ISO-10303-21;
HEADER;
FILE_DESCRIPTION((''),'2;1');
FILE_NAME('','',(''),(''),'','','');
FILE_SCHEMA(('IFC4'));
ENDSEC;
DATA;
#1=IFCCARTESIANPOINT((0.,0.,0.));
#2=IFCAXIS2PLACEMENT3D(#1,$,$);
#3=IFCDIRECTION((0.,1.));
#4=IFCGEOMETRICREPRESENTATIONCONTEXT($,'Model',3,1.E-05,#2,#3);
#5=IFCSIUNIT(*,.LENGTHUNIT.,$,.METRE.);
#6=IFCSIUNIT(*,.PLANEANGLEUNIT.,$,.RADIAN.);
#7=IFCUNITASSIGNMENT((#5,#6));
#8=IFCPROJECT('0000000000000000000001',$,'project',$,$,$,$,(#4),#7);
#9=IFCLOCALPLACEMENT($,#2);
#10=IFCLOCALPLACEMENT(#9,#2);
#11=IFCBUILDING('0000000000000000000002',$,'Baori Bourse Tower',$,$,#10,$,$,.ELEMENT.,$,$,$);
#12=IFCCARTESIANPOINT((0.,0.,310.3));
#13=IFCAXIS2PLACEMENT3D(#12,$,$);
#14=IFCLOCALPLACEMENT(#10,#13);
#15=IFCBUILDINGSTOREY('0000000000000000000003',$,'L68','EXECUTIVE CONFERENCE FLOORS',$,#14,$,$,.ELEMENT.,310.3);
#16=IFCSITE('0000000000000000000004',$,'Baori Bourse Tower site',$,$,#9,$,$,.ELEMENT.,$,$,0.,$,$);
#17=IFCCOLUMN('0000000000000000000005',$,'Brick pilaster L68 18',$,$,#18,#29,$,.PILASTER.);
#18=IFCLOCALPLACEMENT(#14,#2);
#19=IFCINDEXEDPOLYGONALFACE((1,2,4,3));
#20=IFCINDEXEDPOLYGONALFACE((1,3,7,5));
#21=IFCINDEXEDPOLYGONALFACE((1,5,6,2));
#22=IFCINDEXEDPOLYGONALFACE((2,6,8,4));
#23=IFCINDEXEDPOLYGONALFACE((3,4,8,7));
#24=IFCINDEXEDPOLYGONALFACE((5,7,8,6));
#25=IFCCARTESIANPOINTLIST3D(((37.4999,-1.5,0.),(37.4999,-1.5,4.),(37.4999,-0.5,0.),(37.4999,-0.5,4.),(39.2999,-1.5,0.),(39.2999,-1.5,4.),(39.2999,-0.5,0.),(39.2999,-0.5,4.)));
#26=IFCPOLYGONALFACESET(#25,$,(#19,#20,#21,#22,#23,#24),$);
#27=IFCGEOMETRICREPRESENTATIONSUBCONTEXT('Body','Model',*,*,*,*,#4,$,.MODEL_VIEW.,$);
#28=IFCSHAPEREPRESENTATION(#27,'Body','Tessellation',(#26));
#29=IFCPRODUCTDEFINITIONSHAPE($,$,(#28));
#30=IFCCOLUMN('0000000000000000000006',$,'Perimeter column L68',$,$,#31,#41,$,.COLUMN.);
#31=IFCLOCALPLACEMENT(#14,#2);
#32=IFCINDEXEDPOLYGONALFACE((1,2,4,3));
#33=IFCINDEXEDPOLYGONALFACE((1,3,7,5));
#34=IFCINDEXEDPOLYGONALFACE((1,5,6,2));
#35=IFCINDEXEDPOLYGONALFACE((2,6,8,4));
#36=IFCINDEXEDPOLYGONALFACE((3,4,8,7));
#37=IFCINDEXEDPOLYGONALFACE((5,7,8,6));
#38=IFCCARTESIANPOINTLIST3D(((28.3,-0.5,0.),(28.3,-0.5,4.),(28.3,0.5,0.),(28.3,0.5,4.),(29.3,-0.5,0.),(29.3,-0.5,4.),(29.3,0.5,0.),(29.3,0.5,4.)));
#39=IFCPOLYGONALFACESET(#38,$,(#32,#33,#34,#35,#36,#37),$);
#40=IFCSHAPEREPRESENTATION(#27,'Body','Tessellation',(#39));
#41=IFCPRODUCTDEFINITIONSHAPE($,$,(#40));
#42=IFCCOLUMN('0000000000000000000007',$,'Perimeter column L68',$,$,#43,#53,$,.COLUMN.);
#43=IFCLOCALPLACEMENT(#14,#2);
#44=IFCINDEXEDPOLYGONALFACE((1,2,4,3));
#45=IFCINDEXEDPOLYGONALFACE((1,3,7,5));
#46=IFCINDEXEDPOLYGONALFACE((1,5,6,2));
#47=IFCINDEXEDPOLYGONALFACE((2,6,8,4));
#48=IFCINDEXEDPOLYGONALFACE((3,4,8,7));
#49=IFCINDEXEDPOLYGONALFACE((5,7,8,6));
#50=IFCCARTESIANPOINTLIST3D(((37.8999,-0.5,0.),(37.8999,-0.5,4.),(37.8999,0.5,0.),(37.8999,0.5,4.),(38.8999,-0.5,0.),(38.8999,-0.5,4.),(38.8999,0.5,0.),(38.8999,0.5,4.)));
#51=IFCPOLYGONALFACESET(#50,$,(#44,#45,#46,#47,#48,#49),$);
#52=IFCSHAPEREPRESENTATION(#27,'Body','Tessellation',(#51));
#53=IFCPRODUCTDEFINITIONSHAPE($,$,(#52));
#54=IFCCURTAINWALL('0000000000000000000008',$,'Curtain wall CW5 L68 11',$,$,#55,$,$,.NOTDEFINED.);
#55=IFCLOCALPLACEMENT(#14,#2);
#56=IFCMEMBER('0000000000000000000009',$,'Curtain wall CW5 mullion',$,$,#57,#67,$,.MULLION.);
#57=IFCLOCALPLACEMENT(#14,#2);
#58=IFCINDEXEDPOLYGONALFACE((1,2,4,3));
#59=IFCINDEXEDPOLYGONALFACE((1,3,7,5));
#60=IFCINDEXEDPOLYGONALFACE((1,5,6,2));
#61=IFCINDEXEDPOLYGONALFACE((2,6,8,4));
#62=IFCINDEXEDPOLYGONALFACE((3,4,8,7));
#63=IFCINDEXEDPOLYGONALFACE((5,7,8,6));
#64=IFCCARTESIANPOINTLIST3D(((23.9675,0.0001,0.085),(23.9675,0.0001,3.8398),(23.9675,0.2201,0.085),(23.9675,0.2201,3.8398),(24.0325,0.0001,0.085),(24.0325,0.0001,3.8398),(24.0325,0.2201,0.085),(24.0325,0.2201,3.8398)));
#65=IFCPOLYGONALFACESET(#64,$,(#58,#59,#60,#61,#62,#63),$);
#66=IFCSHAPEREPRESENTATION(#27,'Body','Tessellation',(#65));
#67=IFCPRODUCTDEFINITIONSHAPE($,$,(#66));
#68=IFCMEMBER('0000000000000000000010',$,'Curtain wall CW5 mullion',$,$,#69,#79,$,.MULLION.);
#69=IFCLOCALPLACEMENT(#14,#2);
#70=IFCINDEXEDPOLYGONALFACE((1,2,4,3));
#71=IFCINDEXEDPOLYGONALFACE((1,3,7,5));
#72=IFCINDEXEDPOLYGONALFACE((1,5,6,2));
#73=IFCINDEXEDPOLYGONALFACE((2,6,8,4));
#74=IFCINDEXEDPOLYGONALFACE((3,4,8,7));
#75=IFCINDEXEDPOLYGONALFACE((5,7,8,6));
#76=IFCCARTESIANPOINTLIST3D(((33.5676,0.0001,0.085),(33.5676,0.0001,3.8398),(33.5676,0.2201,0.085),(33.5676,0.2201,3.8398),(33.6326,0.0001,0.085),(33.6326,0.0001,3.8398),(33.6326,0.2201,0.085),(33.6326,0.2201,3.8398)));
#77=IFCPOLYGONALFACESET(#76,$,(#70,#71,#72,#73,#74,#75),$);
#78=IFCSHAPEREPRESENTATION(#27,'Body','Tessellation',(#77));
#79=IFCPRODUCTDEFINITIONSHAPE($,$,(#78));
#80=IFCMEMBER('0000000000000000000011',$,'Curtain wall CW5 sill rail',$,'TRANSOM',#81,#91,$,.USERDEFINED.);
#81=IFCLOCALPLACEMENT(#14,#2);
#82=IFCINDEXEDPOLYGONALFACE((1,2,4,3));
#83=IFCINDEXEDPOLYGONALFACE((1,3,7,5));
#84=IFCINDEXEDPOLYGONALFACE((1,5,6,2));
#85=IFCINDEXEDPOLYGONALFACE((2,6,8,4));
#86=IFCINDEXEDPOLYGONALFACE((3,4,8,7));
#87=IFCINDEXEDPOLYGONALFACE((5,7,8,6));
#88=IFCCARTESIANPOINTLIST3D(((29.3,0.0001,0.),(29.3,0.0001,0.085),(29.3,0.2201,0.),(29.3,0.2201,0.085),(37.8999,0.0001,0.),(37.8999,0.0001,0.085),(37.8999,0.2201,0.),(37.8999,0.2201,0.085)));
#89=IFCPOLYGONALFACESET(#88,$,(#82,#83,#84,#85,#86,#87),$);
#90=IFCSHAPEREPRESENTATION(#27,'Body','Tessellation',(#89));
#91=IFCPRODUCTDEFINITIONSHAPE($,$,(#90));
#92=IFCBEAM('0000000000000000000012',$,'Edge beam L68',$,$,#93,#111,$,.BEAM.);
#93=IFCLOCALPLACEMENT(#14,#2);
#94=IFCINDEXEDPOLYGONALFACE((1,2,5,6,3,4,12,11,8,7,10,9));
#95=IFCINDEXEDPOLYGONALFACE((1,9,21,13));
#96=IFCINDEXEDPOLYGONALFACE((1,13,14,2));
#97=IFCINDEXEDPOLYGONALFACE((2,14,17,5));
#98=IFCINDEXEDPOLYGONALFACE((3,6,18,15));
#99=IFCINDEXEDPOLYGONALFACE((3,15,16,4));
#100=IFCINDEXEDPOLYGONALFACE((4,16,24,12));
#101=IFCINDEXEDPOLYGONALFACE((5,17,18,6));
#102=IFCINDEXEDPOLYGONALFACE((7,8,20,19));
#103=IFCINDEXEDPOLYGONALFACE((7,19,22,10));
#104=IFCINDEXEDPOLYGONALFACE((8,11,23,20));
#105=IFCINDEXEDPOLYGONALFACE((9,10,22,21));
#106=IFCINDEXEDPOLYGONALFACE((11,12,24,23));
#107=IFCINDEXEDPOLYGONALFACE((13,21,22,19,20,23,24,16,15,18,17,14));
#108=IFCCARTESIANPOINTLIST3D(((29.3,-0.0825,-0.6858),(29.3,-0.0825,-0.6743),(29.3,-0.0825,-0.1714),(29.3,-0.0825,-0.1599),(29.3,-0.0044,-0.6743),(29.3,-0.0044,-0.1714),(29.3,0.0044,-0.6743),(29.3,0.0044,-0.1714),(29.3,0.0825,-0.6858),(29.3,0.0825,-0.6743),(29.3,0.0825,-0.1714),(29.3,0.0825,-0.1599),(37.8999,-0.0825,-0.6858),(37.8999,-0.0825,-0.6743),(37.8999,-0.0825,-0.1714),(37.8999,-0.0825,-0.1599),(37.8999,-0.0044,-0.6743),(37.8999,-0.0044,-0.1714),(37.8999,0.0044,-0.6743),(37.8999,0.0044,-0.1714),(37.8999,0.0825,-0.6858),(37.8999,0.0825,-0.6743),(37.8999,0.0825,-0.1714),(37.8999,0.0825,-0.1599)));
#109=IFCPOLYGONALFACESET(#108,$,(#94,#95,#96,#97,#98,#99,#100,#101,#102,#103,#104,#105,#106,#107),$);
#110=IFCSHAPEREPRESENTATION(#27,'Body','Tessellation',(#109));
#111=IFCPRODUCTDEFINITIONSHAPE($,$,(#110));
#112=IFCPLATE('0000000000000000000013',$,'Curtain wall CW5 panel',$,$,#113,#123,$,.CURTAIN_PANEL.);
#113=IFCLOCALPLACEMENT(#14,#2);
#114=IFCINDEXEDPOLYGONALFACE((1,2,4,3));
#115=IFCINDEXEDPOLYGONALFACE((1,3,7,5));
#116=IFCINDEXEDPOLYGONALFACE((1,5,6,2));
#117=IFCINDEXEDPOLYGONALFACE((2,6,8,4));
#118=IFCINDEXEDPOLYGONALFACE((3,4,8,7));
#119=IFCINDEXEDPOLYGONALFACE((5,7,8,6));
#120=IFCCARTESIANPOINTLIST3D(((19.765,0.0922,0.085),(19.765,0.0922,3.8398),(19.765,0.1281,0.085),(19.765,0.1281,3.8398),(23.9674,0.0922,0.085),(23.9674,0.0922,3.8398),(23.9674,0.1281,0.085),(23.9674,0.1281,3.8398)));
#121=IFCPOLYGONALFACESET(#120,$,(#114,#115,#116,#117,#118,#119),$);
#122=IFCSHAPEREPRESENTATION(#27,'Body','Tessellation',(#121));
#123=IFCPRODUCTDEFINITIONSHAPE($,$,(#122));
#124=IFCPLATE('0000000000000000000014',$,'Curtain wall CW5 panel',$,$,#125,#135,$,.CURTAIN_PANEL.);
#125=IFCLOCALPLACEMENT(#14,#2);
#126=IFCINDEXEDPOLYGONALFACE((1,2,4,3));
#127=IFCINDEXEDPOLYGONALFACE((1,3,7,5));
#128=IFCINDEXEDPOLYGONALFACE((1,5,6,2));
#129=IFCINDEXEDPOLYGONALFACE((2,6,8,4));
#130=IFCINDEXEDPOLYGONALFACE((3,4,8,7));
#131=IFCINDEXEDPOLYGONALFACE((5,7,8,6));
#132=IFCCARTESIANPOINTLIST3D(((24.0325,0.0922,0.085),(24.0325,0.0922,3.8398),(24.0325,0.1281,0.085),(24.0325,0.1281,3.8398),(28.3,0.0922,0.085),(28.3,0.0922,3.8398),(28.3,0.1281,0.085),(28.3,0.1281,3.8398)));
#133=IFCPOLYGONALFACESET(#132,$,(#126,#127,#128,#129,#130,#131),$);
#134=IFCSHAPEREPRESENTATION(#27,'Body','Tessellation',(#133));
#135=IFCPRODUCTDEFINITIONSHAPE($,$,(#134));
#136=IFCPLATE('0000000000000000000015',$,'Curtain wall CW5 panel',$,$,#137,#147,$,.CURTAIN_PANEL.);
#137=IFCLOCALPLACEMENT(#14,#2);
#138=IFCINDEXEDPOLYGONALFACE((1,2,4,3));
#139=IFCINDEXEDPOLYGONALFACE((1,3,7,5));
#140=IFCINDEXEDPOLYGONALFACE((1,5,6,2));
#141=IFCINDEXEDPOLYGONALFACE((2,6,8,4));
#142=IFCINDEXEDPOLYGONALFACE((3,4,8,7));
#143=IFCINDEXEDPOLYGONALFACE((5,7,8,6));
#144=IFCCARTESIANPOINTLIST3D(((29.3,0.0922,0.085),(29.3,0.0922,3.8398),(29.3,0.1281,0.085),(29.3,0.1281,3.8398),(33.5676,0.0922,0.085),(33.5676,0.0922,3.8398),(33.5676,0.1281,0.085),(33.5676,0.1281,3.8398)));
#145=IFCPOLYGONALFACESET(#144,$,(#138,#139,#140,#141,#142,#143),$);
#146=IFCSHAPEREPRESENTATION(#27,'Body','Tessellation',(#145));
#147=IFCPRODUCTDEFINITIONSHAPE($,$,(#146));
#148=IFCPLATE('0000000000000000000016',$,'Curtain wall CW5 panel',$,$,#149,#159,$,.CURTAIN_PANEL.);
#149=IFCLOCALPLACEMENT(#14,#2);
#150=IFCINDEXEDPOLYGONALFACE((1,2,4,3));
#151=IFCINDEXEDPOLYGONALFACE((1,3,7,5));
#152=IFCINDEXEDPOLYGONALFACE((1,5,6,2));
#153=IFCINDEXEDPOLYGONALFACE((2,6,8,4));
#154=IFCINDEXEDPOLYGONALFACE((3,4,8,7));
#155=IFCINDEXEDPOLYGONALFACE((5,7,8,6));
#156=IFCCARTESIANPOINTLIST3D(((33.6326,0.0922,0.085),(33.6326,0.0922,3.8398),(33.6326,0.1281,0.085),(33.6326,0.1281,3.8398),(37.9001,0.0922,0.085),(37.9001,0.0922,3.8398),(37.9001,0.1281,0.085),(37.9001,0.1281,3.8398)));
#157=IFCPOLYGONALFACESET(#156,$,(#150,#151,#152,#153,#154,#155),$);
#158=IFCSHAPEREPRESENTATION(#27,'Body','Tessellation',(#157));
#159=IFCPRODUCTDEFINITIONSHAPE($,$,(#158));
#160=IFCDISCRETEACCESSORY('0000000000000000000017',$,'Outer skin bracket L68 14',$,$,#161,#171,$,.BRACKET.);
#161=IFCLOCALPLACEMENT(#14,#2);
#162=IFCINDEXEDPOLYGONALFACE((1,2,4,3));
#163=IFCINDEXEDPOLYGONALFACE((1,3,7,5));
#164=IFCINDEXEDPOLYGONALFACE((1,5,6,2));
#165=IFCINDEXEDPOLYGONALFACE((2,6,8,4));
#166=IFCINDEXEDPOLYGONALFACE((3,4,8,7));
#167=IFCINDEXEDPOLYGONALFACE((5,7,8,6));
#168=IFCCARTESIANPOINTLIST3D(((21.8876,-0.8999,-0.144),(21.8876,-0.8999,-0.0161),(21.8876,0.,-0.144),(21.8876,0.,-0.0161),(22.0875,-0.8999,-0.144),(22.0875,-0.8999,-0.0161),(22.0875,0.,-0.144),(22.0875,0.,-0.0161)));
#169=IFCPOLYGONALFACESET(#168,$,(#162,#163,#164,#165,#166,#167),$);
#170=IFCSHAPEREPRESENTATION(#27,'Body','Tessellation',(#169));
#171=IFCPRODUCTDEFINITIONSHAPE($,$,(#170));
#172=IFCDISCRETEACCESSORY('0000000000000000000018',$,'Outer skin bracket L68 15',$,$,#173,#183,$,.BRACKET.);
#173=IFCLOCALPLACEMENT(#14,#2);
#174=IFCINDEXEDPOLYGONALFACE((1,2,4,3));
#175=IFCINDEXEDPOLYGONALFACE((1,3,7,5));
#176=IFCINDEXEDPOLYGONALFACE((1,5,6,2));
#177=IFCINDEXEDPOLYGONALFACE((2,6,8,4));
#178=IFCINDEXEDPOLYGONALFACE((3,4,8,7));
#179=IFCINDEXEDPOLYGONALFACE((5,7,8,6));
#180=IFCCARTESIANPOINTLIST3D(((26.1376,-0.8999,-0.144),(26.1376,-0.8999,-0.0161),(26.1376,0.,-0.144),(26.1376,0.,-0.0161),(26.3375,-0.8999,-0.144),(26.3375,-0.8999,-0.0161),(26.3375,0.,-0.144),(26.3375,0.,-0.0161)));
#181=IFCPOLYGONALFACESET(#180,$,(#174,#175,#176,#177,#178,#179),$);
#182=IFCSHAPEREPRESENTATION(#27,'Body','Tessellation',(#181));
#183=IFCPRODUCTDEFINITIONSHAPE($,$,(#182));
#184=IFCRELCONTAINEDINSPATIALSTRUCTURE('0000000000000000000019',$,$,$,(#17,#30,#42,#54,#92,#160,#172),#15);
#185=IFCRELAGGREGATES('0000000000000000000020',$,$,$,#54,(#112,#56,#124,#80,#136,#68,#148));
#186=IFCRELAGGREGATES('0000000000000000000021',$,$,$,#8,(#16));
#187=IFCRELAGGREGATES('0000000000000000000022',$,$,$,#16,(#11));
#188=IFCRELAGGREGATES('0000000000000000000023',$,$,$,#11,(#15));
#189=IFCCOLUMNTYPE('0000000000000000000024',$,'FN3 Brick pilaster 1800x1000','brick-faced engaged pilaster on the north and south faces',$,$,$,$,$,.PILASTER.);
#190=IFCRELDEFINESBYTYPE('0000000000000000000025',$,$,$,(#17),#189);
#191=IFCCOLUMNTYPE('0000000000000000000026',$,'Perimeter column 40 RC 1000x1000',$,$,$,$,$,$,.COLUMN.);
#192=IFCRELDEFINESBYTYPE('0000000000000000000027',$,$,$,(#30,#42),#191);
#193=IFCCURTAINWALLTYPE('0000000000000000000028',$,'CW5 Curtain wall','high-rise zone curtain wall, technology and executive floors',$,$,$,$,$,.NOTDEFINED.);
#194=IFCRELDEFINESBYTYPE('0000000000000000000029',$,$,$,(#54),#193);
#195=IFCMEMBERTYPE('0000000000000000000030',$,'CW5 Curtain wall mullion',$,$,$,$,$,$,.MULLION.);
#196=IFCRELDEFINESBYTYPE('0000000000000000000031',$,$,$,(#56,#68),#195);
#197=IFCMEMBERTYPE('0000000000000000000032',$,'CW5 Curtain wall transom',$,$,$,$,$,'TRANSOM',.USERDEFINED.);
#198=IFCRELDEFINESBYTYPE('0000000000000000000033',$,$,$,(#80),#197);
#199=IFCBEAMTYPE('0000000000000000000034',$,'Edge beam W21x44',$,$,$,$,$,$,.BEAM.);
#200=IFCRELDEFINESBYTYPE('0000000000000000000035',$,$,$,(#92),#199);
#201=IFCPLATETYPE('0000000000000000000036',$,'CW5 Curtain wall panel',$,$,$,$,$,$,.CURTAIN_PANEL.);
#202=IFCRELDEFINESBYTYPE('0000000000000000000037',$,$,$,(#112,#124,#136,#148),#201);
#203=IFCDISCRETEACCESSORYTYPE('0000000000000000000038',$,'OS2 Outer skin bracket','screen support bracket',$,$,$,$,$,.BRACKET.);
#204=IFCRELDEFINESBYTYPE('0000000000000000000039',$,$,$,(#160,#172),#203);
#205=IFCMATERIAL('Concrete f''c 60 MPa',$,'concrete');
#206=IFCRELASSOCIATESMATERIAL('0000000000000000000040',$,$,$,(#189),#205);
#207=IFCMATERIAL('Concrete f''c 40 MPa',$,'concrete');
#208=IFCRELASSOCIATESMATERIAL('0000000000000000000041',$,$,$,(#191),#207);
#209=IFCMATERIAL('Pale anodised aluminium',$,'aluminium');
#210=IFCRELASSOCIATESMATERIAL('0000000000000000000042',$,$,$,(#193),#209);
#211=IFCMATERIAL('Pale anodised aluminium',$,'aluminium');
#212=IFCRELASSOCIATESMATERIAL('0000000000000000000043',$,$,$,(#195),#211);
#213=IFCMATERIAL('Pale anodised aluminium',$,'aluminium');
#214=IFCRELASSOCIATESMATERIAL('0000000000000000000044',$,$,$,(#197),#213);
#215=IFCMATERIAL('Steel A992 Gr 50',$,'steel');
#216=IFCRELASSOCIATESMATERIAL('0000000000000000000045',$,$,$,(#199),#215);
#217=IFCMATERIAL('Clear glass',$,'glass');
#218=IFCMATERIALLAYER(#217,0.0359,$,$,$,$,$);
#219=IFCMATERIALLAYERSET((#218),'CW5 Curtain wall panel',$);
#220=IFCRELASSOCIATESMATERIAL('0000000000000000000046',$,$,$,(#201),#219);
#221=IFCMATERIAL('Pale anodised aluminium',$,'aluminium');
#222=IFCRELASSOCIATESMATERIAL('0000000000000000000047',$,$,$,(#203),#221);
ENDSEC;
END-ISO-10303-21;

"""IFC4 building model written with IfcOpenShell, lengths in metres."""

from ifc_helpers import new_model, si_unit, direction, frame, origin, origin_2d, place, context, subcontext, project, spatial, rectangle, i_section, extrude, material, layer, layer_set, material_profile, profile_set, type_object, element, aggregate, save


model = new_model("IFC4")

# Units and contexts
model_context = context("Model", 3, precision=1e-05, world=origin(), true_north=direction((0.0, 1.0)))
body_context = subcontext(model_context, "Body", "Model", "MODEL_VIEW")
ifc_project = project(units=[si_unit("LENGTHUNIT", "METRE"), si_unit("PLANEANGLEUNIT", "RADIAN")], contexts=[model_context])

# Site, building, storey
site_placement = place(None, origin())
site = spatial("IfcSite", under=ifc_project, at=site_placement, Name="Baori Bourse Tower site", CompositionType="ELEMENT", RefElevation=0.0)
building_placement = place(site_placement, origin())
building = spatial("IfcBuilding", under=site, at=building_placement, Name="Baori Bourse Tower", CompositionType="ELEMENT")
storey_placement = place(building_placement, frame((0.0, 0.0, 310.3)))
storey = spatial("IfcBuildingStorey", under=building, at=storey_placement, Name="L68", Description="EXECUTIVE CONFERENCE FLOORS", CompositionType="ELEMENT", Elevation=310.3)

# Columns
ifc_material_1 = material(Name="Concrete f'c 60 MPa", Category="concrete")
ifc_material_profile_1 = material_profile(ifc_material_1, rectangle(XDim=1.8, YDim=1.0, at=origin_2d()), Name="RC 1800x1000")
ifc_profile_set_1 = profile_set([ifc_material_profile_1], Name="Concrete f'c 60 MPa")
column_type_1 = type_object("IfcColumnType", Name="FN3 Brick pilaster 1800x1000", Description="brick-faced engaged pilaster on the north and south faces", PredefinedType="PILASTER", material=ifc_profile_set_1)
column_placement = place(storey_placement, frame((38.3999, -1.0, 0.0), z_axis=(0.0, 0.0, 1.0), x_axis=(1.0, 0.0, 0.0)))
element("IfcColumn", 1, at=column_placement, inside=storey, type_object=column_type_1, Name="Brick pilaster L68 18", PredefinedType="PILASTER", context=body_context, shape_type="SweptSolid", body=[
    extrude(rectangle(XDim=1.8, YDim=1.0, at=origin_2d()), origin(), (0.0, 0.0, 1.0), 4.0),
])
ifc_material_2 = material(Name="Concrete f'c 40 MPa", Category="concrete")
ifc_material_profile_2 = material_profile(ifc_material_2, rectangle(XDim=1.0, YDim=1.0, at=origin_2d()), Name="RC 1000x1000")
ifc_profile_set_2 = profile_set([ifc_material_profile_2], Name="Concrete f'c 40 MPa")
column_type_2 = type_object("IfcColumnType", Name="Perimeter column 40 RC 1000x1000", PredefinedType="COLUMN", material=ifc_profile_set_2)
for number, where, z_axis, x_axis, name in (
    (2, (28.8, 0.0, 0.0), (0.0, 0.0, 1.0), (1.0, 0.0, 0.0), "Perimeter column L68"),
    (3, (38.3999, 0.0, 0.0), (0.0, 0.0, 1.0), (1.0, 0.0, 0.0), "Perimeter column L68"),
):
    element("IfcColumn", number, at=place(storey_placement, frame(where, z_axis=z_axis, x_axis=x_axis)), inside=storey, type_object=column_type_2, Name=name, PredefinedType="COLUMN", context=body_context, shape_type="SweptSolid", body=[
        extrude(rectangle(XDim=1.0, YDim=1.0, at=origin_2d()), origin(), (0.0, 0.0, 1.0), 4.0),
    ])

# Curtain wall, members
ifc_material_3 = material(Name="Pale anodised aluminium", Category="aluminium")
curtain_wall_type = type_object("IfcCurtainWallType", Name="CW5 Curtain wall", Description="high-rise zone curtain wall, technology and executive floors", PredefinedType="NOTDEFINED", material=ifc_material_3)
curtain_wall_placement = place(storey_placement, origin())
curtain_wall = element("IfcCurtainWall", 4, at=curtain_wall_placement, inside=storey, type_object=curtain_wall_type, Name="Curtain wall CW5 L68 11", PredefinedType="NOTDEFINED")
ifc_material_4 = material(Name="Pale anodised aluminium", Category="aluminium")
ifc_material_profile_3 = material_profile(ifc_material_4, rectangle(XDim=0.22, YDim=0.0649, at=origin_2d()), Name="Mullion 65x220")
ifc_profile_set_3 = profile_set([ifc_material_profile_3], Name="Pale anodised aluminium")
member_type_1 = type_object("IfcMemberType", Name="CW5 Curtain wall mullion", PredefinedType="MULLION", material=ifc_profile_set_3)
member_1_placement = place(storey_placement, frame((24.0, 0.1101, 0.085), z_axis=(0.0, 0.0, 1.0), x_axis=(0.0, 1.0, 0.0)))
member_1 = element("IfcMember", 5, at=member_1_placement, type_object=member_type_1, Name="Curtain wall CW5 mullion", PredefinedType="MULLION", context=body_context, shape_type="SweptSolid", body=[
    extrude(rectangle(XDim=0.22, YDim=0.0649, at=origin_2d()), origin(), (0.0, 0.0, 1.0), 3.7549),
])
member_2_placement = place(storey_placement, frame((33.6001, 0.1101, 0.085), z_axis=(0.0, 0.0, 1.0), x_axis=(0.0, 1.0, 0.0)))
member_2 = element("IfcMember", 6, at=member_2_placement, type_object=member_type_1, Name="Curtain wall CW5 mullion", PredefinedType="MULLION", context=body_context, shape_type="SweptSolid", body=[
    extrude(rectangle(XDim=0.22, YDim=0.0649, at=origin_2d()), origin(), (0.0, 0.0, 1.0), 3.7549),
])
ifc_material_5 = material(Name="Pale anodised aluminium", Category="aluminium")
ifc_material_profile_4 = material_profile(ifc_material_5, rectangle(XDim=0.22, YDim=0.085, at=origin_2d()), Name="Transom 85x220")
ifc_profile_set_4 = profile_set([ifc_material_profile_4], Name="Pale anodised aluminium")
member_type_2 = type_object("IfcMemberType", Name="CW5 Curtain wall transom", ElementType="TRANSOM", PredefinedType="USERDEFINED", material=ifc_profile_set_4)
member_3_placement = place(storey_placement, frame((29.3, 0.1101, 0.0425), z_axis=(1.0, 0.0, 0.0), x_axis=(0.0, 1.0, 0.0)))
member_3 = element("IfcMember", 7, at=member_3_placement, type_object=member_type_2, Name="Curtain wall CW5 sill rail", ObjectType="TRANSOM", PredefinedType="USERDEFINED", context=body_context, shape_type="SweptSolid", body=[
    extrude(rectangle(XDim=0.22, YDim=0.085, at=origin_2d()), origin(), (0.0, 0.0, 1.0), 8.5999),
])

# Beam
ifc_material_6 = material(Name="Steel A992 Gr 50", Category="steel")
ifc_material_profile_5 = material_profile(ifc_material_6, i_section(OverallWidth=0.165, OverallDepth=0.5259, WebThickness=0.0088, FlangeThickness=0.0115, at=origin_2d()), Name="W21x44")
ifc_profile_set_5 = profile_set([ifc_material_profile_5], Name="Steel A992 Gr 50")
beam_type = type_object("IfcBeamType", Name="Edge beam W21x44", PredefinedType="BEAM", material=ifc_profile_set_5)
beam_placement = place(storey_placement, frame((29.3, 0.0, -0.4229), z_axis=(1.0, 0.0, 0.0), x_axis=(0.0, 1.0, 0.0)))
element("IfcBeam", 8, at=beam_placement, inside=storey, type_object=beam_type, Name="Edge beam L68", PredefinedType="BEAM", context=body_context, shape_type="SweptSolid", body=[
    extrude(i_section(OverallWidth=0.165, OverallDepth=0.5259, WebThickness=0.0088, FlangeThickness=0.0115, at=origin_2d()), origin(), (0.0, 0.0, 1.0), 8.5999),
])

# Plates
ifc_material_7 = material(Name="Clear glass", Category="glass")
ifc_layer = layer(ifc_material_7, 0.0359)
ifc_layer_set = layer_set([ifc_layer], Name="CW5 Curtain wall panel")
plate_type = type_object("IfcPlateType", Name="CW5 Curtain wall panel", PredefinedType="CURTAIN_PANEL", material=ifc_layer_set)
plate_1_placement = place(storey_placement, frame((21.8662, 0.1101, 0.085), z_axis=(0.0, 0.0, 1.0), x_axis=(1.0, 0.0, 0.0)))
plate_1 = element("IfcPlate", 9, at=plate_1_placement, type_object=plate_type, Name="Curtain wall CW5 panel", PredefinedType="CURTAIN_PANEL", context=body_context, shape_type="SweptSolid", body=[
    extrude(rectangle(XDim=4.2024, YDim=0.0359, at=origin_2d()), origin(), (0.0, 0.0, 1.0), 3.7549),
])
plate_2_placement = place(storey_placement, frame((26.1663, 0.1101, 0.085), z_axis=(0.0, 0.0, 1.0), x_axis=(1.0, 0.0, 0.0)))
plate_2 = element("IfcPlate", 10, at=plate_2_placement, type_object=plate_type, Name="Curtain wall CW5 panel", PredefinedType="CURTAIN_PANEL", context=body_context, shape_type="SweptSolid", body=[
    extrude(rectangle(XDim=4.2676, YDim=0.0359, at=origin_2d()), origin(), (0.0, 0.0, 1.0), 3.7549),
])
plate_3_placement = place(storey_placement, frame((31.4338, 0.1101, 0.085), z_axis=(0.0, 0.0, 1.0), x_axis=(1.0, 0.0, 0.0)))
plate_3 = element("IfcPlate", 11, at=plate_3_placement, type_object=plate_type, Name="Curtain wall CW5 panel", PredefinedType="CURTAIN_PANEL", context=body_context, shape_type="SweptSolid", body=[
    extrude(rectangle(XDim=4.2676, YDim=0.0359, at=origin_2d()), origin(), (0.0, 0.0, 1.0), 3.7549),
])
plate_4_placement = place(storey_placement, frame((35.7664, 0.1101, 0.085), z_axis=(0.0, 0.0, 1.0), x_axis=(1.0, 0.0, 0.0)))
plate_4 = element("IfcPlate", 12, at=plate_4_placement, type_object=plate_type, Name="Curtain wall CW5 panel", PredefinedType="CURTAIN_PANEL", context=body_context, shape_type="SweptSolid", body=[
    extrude(rectangle(XDim=4.2676, YDim=0.0359, at=origin_2d()), origin(), (0.0, 0.0, 1.0), 3.7549),
])
aggregate(curtain_wall, [plate_1, member_1, plate_2, member_3, plate_3, member_2, plate_4])

# Discrete accessories
ifc_material_8 = material(Name="Pale anodised aluminium", Category="aluminium")
discrete_accessory_type = type_object("IfcDiscreteAccessoryType", Name="OS2 Outer skin bracket", Description="screen support bracket", PredefinedType="BRACKET", material=ifc_material_8)
for number, where, z_axis, x_axis, name in (
    (13, (21.9875, -0.45, -0.144), (0.0, 0.0, 1.0), (1.0, 0.0, 0.0), "Outer skin bracket L68 14"),
    (14, (26.2375, -0.45, -0.144), (0.0, 0.0, 1.0), (1.0, 0.0, 0.0), "Outer skin bracket L68 15"),
):
    element("IfcDiscreteAccessory", number, at=place(storey_placement, frame(where, z_axis=z_axis, x_axis=x_axis)), inside=storey, type_object=discrete_accessory_type, Name=name, PredefinedType="BRACKET", context=body_context, shape_type="SweptSolid", body=[
        extrude(rectangle(XDim=0.2, YDim=0.8999, at=origin_2d()), origin(), (0.0, 0.0, 1.0), 0.1279),
    ])

save(model, "model.ifc")
